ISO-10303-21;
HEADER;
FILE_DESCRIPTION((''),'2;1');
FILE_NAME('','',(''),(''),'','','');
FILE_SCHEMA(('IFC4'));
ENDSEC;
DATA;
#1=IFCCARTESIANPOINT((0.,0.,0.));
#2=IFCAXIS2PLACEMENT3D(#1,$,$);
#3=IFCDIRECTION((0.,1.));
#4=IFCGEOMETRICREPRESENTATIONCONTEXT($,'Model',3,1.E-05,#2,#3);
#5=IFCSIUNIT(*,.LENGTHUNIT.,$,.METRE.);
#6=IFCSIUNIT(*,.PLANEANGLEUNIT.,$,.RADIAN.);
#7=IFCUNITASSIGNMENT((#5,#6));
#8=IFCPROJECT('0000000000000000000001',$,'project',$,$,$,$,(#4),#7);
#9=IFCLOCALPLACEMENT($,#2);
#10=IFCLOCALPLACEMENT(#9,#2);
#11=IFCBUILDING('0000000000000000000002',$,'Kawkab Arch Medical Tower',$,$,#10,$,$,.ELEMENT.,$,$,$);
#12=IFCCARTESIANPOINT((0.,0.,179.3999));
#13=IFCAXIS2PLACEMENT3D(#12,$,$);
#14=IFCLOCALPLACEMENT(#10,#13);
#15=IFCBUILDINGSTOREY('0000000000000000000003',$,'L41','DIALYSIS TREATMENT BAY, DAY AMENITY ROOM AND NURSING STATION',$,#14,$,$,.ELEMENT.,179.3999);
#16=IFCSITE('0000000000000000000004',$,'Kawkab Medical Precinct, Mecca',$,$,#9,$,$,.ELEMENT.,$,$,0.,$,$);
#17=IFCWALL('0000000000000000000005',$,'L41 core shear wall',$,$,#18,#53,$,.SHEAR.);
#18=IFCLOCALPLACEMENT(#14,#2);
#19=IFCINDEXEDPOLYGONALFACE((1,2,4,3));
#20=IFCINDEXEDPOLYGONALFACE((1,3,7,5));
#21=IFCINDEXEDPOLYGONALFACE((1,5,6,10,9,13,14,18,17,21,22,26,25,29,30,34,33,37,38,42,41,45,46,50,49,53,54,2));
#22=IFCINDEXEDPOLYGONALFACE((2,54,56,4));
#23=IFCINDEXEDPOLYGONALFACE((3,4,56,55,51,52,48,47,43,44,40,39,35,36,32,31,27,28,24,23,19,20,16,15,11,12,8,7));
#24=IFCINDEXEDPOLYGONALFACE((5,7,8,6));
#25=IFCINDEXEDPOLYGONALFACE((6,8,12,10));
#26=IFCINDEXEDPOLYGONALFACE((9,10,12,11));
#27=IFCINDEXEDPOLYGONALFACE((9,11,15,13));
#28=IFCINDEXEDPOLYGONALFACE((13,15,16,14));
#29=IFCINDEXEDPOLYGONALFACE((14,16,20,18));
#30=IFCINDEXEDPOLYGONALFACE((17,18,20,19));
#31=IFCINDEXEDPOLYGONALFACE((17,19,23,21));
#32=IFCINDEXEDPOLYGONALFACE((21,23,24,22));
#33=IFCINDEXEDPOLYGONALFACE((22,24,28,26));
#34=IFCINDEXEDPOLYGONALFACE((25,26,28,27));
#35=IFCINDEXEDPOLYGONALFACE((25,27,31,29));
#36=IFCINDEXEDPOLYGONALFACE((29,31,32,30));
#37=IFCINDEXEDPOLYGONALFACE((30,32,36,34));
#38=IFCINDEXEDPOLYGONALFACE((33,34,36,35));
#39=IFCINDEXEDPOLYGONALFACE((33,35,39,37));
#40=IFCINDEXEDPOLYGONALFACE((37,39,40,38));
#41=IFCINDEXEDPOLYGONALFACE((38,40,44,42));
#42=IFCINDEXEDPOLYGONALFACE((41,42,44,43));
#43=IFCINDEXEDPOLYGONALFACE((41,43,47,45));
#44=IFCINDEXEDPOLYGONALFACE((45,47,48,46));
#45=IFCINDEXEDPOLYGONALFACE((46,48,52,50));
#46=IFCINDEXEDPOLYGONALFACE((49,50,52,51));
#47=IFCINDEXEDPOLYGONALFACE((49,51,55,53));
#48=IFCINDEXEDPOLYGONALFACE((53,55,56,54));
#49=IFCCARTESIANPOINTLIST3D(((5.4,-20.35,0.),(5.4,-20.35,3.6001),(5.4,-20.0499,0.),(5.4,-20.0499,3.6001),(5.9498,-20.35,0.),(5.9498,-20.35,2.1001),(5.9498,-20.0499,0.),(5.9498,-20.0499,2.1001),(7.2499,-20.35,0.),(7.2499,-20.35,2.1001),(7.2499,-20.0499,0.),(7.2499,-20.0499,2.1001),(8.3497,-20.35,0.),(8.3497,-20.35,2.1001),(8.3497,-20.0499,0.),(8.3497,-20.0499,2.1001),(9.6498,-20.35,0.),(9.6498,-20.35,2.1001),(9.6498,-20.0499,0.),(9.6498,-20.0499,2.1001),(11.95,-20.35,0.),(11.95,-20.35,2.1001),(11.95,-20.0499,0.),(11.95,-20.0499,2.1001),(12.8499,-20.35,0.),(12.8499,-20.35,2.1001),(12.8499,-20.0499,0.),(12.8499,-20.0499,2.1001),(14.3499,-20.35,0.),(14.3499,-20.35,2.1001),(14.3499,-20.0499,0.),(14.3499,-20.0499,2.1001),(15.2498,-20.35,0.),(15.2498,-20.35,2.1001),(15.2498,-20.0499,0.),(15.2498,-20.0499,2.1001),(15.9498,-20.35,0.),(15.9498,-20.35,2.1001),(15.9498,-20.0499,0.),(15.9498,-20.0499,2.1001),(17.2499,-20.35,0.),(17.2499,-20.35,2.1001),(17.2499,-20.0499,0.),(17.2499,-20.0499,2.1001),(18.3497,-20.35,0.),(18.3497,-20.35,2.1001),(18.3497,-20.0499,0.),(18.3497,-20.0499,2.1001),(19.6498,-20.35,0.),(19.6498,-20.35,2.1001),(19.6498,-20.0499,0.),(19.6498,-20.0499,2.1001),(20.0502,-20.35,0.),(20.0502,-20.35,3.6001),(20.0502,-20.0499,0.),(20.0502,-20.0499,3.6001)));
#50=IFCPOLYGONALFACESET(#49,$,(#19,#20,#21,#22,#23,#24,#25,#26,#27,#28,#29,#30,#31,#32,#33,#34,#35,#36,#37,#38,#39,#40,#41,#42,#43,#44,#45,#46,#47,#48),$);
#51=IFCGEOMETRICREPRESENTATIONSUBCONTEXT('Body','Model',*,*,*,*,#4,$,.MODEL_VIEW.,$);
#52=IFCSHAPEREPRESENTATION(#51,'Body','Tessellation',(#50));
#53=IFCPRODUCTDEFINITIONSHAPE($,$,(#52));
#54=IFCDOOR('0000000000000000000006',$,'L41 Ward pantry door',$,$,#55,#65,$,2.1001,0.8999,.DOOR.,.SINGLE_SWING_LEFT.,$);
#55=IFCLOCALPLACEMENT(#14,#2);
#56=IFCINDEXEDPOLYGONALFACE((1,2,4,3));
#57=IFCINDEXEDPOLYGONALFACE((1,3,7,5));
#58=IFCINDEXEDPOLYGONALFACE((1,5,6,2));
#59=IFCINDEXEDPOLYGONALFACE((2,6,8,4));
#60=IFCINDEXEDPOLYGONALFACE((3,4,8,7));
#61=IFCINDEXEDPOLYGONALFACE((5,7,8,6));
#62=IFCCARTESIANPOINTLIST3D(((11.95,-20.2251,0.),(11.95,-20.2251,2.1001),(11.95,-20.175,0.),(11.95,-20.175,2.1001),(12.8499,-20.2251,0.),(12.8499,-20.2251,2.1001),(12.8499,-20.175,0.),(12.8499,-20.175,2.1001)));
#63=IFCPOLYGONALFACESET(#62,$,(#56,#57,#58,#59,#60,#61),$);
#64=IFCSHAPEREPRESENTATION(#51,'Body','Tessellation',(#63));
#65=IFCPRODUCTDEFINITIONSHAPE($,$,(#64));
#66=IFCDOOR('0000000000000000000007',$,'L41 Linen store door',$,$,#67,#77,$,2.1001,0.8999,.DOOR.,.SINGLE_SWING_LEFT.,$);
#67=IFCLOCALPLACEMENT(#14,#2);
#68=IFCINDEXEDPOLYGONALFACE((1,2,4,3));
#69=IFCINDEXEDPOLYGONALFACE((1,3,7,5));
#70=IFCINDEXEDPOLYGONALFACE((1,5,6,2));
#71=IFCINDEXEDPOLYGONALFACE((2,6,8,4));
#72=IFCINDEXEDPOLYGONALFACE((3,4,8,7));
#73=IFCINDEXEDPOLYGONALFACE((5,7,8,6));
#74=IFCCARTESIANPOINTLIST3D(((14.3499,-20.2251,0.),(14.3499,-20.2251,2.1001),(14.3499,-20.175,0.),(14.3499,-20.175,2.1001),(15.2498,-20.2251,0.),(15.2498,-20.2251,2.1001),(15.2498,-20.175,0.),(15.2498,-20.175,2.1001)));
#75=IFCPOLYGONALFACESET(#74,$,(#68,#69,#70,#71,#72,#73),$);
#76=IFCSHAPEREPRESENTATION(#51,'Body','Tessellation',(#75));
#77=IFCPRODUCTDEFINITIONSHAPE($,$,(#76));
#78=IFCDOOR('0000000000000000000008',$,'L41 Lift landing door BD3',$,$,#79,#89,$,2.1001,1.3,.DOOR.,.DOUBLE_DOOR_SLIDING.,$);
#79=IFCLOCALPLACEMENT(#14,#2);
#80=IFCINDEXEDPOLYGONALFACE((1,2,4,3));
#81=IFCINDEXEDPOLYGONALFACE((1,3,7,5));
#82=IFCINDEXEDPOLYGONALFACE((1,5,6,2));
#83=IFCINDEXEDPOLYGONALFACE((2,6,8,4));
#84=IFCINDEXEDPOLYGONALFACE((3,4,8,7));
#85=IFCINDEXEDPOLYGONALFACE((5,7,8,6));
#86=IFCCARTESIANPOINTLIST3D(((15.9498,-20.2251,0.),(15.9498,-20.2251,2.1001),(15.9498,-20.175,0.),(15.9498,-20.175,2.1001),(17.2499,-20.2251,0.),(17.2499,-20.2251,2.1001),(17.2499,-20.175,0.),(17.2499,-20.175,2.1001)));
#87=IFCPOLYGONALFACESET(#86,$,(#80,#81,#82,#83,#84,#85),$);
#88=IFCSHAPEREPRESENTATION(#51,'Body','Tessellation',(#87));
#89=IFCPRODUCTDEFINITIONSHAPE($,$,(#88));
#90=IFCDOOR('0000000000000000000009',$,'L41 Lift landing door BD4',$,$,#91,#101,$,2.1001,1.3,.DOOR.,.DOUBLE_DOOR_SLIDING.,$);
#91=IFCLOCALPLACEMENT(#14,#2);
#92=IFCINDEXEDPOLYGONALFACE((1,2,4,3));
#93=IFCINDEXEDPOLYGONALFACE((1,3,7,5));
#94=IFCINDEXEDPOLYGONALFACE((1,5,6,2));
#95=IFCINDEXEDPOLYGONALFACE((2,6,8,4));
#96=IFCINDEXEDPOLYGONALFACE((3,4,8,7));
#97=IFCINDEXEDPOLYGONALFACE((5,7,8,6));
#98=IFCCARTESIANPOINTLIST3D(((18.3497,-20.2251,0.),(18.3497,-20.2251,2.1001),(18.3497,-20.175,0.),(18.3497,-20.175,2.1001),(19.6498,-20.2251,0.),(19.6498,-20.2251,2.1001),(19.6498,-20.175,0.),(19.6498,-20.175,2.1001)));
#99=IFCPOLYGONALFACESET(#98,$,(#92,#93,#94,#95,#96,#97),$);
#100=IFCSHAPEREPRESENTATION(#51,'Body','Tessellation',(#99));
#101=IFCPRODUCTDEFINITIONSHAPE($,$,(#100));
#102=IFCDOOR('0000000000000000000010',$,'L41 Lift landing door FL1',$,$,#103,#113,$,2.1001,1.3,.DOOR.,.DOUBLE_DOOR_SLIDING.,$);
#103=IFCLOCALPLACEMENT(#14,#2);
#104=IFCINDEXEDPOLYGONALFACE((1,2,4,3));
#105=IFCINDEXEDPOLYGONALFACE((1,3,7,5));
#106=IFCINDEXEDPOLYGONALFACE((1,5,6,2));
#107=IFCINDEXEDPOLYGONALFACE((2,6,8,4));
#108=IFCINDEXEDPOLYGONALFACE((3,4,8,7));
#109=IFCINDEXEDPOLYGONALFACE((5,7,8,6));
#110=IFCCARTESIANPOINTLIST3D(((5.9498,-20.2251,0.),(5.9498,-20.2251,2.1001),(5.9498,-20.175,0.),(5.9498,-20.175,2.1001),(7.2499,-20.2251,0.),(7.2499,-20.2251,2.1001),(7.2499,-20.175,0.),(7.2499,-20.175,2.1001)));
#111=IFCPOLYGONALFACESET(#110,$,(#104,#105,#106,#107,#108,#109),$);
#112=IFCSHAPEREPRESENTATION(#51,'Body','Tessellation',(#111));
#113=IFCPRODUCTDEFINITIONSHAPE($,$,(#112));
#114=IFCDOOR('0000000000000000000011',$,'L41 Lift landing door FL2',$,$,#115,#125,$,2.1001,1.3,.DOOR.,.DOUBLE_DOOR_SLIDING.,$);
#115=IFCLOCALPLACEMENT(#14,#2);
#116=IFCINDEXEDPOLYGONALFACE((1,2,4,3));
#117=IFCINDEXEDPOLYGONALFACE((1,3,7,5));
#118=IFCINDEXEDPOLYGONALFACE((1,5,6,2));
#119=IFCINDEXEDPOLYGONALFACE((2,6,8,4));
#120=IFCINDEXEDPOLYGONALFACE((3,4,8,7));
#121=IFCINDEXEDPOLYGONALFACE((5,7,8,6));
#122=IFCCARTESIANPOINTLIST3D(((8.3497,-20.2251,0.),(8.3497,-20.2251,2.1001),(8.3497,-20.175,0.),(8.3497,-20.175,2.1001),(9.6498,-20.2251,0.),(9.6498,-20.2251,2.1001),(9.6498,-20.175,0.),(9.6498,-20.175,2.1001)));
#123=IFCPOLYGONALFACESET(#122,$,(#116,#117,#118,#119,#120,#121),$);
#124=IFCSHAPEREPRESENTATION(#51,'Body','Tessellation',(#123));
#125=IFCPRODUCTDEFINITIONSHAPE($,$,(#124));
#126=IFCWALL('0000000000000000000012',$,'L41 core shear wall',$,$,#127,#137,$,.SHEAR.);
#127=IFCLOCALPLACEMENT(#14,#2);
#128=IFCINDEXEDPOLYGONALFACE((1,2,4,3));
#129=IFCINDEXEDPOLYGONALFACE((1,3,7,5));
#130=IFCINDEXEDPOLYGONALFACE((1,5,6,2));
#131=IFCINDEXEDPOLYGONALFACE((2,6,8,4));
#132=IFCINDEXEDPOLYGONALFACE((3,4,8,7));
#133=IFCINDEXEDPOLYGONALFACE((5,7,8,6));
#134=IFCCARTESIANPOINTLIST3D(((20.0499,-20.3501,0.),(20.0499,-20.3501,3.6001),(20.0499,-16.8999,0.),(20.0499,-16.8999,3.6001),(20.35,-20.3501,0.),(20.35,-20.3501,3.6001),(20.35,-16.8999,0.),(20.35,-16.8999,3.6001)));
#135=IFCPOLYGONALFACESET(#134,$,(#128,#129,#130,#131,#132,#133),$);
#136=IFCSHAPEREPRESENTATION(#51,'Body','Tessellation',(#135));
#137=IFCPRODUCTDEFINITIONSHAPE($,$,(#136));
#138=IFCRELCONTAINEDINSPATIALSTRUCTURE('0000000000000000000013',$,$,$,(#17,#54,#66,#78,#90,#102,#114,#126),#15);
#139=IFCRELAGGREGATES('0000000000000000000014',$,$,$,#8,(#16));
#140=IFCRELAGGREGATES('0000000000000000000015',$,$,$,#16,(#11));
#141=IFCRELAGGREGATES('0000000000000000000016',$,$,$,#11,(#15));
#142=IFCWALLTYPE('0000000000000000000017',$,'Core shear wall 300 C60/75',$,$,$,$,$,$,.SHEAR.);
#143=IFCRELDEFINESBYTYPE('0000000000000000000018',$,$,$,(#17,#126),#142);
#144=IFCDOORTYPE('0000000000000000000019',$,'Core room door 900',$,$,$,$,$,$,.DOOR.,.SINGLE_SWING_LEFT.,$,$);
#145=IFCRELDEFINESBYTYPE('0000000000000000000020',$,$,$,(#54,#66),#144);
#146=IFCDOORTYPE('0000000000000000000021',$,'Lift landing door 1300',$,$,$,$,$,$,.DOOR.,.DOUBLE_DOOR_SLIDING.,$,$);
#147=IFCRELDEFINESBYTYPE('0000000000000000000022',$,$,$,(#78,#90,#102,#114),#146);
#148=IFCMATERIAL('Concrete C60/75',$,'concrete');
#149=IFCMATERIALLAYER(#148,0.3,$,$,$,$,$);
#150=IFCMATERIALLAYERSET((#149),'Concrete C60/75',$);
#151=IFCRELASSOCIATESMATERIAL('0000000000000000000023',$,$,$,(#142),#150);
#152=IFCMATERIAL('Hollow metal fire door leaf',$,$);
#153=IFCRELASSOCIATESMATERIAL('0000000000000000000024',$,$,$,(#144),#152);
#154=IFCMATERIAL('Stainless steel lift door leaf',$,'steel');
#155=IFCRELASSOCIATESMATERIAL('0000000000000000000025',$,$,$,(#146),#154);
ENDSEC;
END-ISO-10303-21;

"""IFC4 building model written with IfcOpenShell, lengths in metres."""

from ifc_helpers import new_model, si_unit, direction, frame, frame_2d, origin, place, context, subcontext, project, spatial, rectangle, extrude, material, layer, layer_set, type_object, element, fill, save


model = new_model("IFC4")

# Units and contexts
model_context = context("Model", 3, precision=1e-05, world=origin(), true_north=direction((0.0, 1.0)))
body_context = subcontext(model_context, "Body", "Model", "MODEL_VIEW")
ifc_project = project(units=[si_unit("LENGTHUNIT", "METRE"), si_unit("PLANEANGLEUNIT", "RADIAN")], contexts=[model_context])

# Site, building, storey
site_placement = place(None, origin())
site = spatial("IfcSite", under=ifc_project, at=site_placement, Name="Kawkab Medical Precinct, Mecca", CompositionType="ELEMENT", RefElevation=0.0)
building_placement = place(site_placement, origin())
building = spatial("IfcBuilding", under=site, at=building_placement, Name="Kawkab Arch Medical Tower", CompositionType="ELEMENT")
storey_placement = place(building_placement, frame((0.0, 0.0, 179.3999)))
storey = spatial("IfcBuildingStorey", under=building, at=storey_placement, Name="L41", Description="DIALYSIS TREATMENT BAY, DAY AMENITY ROOM AND NURSING STATION", CompositionType="ELEMENT", Elevation=179.3999)

# Wall, openings, doors
ifc_material_1 = material(Name="Concrete C60/75", Category="concrete")
ifc_layer_1 = layer(ifc_material_1, 0.3)
ifc_layer_set_1 = layer_set([ifc_layer_1], Name="Concrete C60/75")
wall_type_1 = type_object("IfcWallType", Name="Core shear wall 300 C60/75", PredefinedType="SHEAR", material=ifc_layer_set_1)
wall_1_placement = place(storey_placement, frame((5.3999, -20.2, 0.0), z_axis=(0.0, 0.0, 1.0), x_axis=(1.0, 0.0, 0.0)))
wall_1 = element("IfcWall", 1, at=wall_1_placement, inside=storey, type_object=wall_type_1, Name="L41 core shear wall", PredefinedType="SHEAR", context=body_context, shape_type="SweptSolid", body=[
    extrude(rectangle(XDim=14.6501, YDim=0.3, at=frame_2d((7.3252, 0.0))), origin(), (0.0, 0.0, 1.0), 3.6001),
])
opening_1_placement = place(wall_1_placement, frame((10.55, 0.0, 0.0)))
opening_1 = element("IfcOpeningElement", 2, at=opening_1_placement, cuts=wall_1, PredefinedType="OPENING", context=body_context, shape_type="SweptSolid", body=[
    extrude(rectangle(XDim=1.3, YDim=2.1001, at=frame_2d((0.6499, 1.05))), frame((0.0, 0.1599, 0.0), z_axis=(0.0, -1.0, 0.0), x_axis=(1.0, 0.0, 0.0)), (0.0, 0.0, 1.0), 0.3201),
])
opening_2_placement = place(wall_1_placement, frame((12.95, 0.0, 0.0)))
opening_2 = element("IfcOpeningElement", 3, at=opening_2_placement, cuts=wall_1, PredefinedType="OPENING", context=body_context, shape_type="SweptSolid", body=[
    extrude(rectangle(XDim=1.3, YDim=2.1001, at=frame_2d((0.6499, 1.05))), frame((0.0, 0.1599, 0.0), z_axis=(0.0, -1.0, 0.0), x_axis=(1.0, 0.0, 0.0)), (0.0, 0.0, 1.0), 0.3201),
])
opening_3_placement = place(wall_1_placement, frame((0.55, 0.0, 0.0)))
opening_3 = element("IfcOpeningElement", 4, at=opening_3_placement, cuts=wall_1, PredefinedType="OPENING", context=body_context, shape_type="SweptSolid", body=[
    extrude(rectangle(XDim=1.3, YDim=2.1001, at=frame_2d((0.6499, 1.05))), frame((0.0, 0.1599, 0.0), z_axis=(0.0, -1.0, 0.0), x_axis=(1.0, 0.0, 0.0)), (0.0, 0.0, 1.0), 0.3201),
])
opening_4_placement = place(wall_1_placement, frame((2.95, 0.0, 0.0)))
opening_4 = element("IfcOpeningElement", 5, at=opening_4_placement, cuts=wall_1, PredefinedType="OPENING", context=body_context, shape_type="SweptSolid", body=[
    extrude(rectangle(XDim=1.3, YDim=2.1001, at=frame_2d((0.6499, 1.05))), frame((0.0, 0.1599, 0.0), z_axis=(0.0, -1.0, 0.0), x_axis=(1.0, 0.0, 0.0)), (0.0, 0.0, 1.0), 0.3201),
])
opening_5_placement = place(wall_1_placement, frame((6.55, 0.0, 0.0)))
opening_5 = element("IfcOpeningElement", 6, at=opening_5_placement, cuts=wall_1, PredefinedType="OPENING", context=body_context, shape_type="SweptSolid", body=[
    extrude(rectangle(XDim=0.8999, YDim=2.1001, at=frame_2d((0.45, 1.05))), frame((0.0, 0.1599, 0.0), z_axis=(0.0, -1.0, 0.0), x_axis=(1.0, 0.0, 0.0)), (0.0, 0.0, 1.0), 0.3201),
])
opening_6_placement = place(wall_1_placement, frame((8.95, 0.0, 0.0)))
opening_6 = element("IfcOpeningElement", 7, at=opening_6_placement, cuts=wall_1, PredefinedType="OPENING", context=body_context, shape_type="SweptSolid", body=[
    extrude(rectangle(XDim=0.8999, YDim=2.1001, at=frame_2d((0.45, 1.05))), frame((0.0, 0.1599, 0.0), z_axis=(0.0, -1.0, 0.0), x_axis=(1.0, 0.0, 0.0)), (0.0, 0.0, 1.0), 0.3201),
])
ifc_material_2 = material(Name="Hollow metal fire door leaf")
door_type_1 = type_object("IfcDoorType", Name="Core room door 900", OperationType="SINGLE_SWING_LEFT", PredefinedType="DOOR", material=ifc_material_2)
door_1_placement = place(opening_5_placement, origin())
door_1 = element("IfcDoor", 8, at=door_1_placement, inside=storey, type_object=door_type_1, Name="L41 Ward pantry door", OperationType="SINGLE_SWING_LEFT", OverallHeight=2.1001, OverallWidth=0.8999, PredefinedType="DOOR", context=body_context, shape_type="SweptSolid", body=[
    extrude(rectangle(XDim=0.8999, YDim=2.1001, at=frame_2d((0.45, 1.05))), frame((0.0, 0.0249, 0.0), z_axis=(0.0, -1.0, 0.0), x_axis=(1.0, 0.0, 0.0)), (0.0, 0.0, 1.0), 0.05),
])
fill(opening_5, door_1)
door_2_placement = place(opening_6_placement, origin())
door_2 = element("IfcDoor", 9, at=door_2_placement, inside=storey, type_object=door_type_1, Name="L41 Linen store door", OperationType="SINGLE_SWING_LEFT", OverallHeight=2.1001, OverallWidth=0.8999, PredefinedType="DOOR", context=body_context, shape_type="SweptSolid", body=[
    extrude(rectangle(XDim=0.8999, YDim=2.1001, at=frame_2d((0.45, 1.05))), frame((0.0, 0.0249, 0.0), z_axis=(0.0, -1.0, 0.0), x_axis=(1.0, 0.0, 0.0)), (0.0, 0.0, 1.0), 0.05),
])
fill(opening_6, door_2)
ifc_material_3 = material(Name="Stainless steel lift door leaf", Category="steel")
door_type_2 = type_object("IfcDoorType", Name="Lift landing door 1300", OperationType="DOUBLE_DOOR_SLIDING", PredefinedType="DOOR", material=ifc_material_3)
door_3_placement = place(opening_1_placement, origin())
door_3 = element("IfcDoor", 10, at=door_3_placement, inside=storey, type_object=door_type_2, Name="L41 Lift landing door BD3", OperationType="DOUBLE_DOOR_SLIDING", OverallHeight=2.1001, OverallWidth=1.3, PredefinedType="DOOR", context=body_context, shape_type="SweptSolid", body=[
    extrude(rectangle(XDim=1.3, YDim=2.1001, at=frame_2d((0.6499, 1.05))), frame((0.0, 0.0249, 0.0), z_axis=(0.0, -1.0, 0.0), x_axis=(1.0, 0.0, 0.0)), (0.0, 0.0, 1.0), 0.05),
])
fill(opening_1, door_3)
door_4_placement = place(opening_2_placement, origin())
door_4 = element("IfcDoor", 11, at=door_4_placement, inside=storey, type_object=door_type_2, Name="L41 Lift landing door BD4", OperationType="DOUBLE_DOOR_SLIDING", OverallHeight=2.1001, OverallWidth=1.3, PredefinedType="DOOR", context=body_context, shape_type="SweptSolid", body=[
    extrude(rectangle(XDim=1.3, YDim=2.1001, at=frame_2d((0.6499, 1.05))), frame((0.0, 0.0249, 0.0), z_axis=(0.0, -1.0, 0.0), x_axis=(1.0, 0.0, 0.0)), (0.0, 0.0, 1.0), 0.05),
])
fill(opening_2, door_4)
door_5_placement = place(opening_3_placement, origin())
door_5 = element("IfcDoor", 12, at=door_5_placement, inside=storey, type_object=door_type_2, Name="L41 Lift landing door FL1", OperationType="DOUBLE_DOOR_SLIDING", OverallHeight=2.1001, OverallWidth=1.3, PredefinedType="DOOR", context=body_context, shape_type="SweptSolid", body=[
    extrude(rectangle(XDim=1.3, YDim=2.1001, at=frame_2d((0.6499, 1.05))), frame((0.0, 0.0249, 0.0), z_axis=(0.0, -1.0, 0.0), x_axis=(1.0, 0.0, 0.0)), (0.0, 0.0, 1.0), 0.05),
])
fill(opening_3, door_5)
door_6_placement = place(opening_4_placement, origin())
door_6 = element("IfcDoor", 13, at=door_6_placement, inside=storey, type_object=door_type_2, Name="L41 Lift landing door FL2", OperationType="DOUBLE_DOOR_SLIDING", OverallHeight=2.1001, OverallWidth=1.3, PredefinedType="DOOR", context=body_context, shape_type="SweptSolid", body=[
    extrude(rectangle(XDim=1.3, YDim=2.1001, at=frame_2d((0.6499, 1.05))), frame((0.0, 0.0249, 0.0), z_axis=(0.0, -1.0, 0.0), x_axis=(1.0, 0.0, 0.0)), (0.0, 0.0, 1.0), 0.05),
])
fill(opening_4, door_6)

# Wall
wall_2_placement = place(storey_placement, frame((20.2, -20.3501, 0.0), z_axis=(0.0, 0.0, 1.0), x_axis=(0.0, 1.0, 0.0)))
element("IfcWall", 14, at=wall_2_placement, inside=storey, type_object=wall_type_1, Name="L41 core shear wall", PredefinedType="SHEAR", context=body_context, shape_type="SweptSolid", body=[
    extrude(rectangle(XDim=3.4502, YDim=0.3, at=frame_2d((1.7251, 0.0))), origin(), (0.0, 0.0, 1.0), 3.6001),
])

save(model, "model.ifc")
